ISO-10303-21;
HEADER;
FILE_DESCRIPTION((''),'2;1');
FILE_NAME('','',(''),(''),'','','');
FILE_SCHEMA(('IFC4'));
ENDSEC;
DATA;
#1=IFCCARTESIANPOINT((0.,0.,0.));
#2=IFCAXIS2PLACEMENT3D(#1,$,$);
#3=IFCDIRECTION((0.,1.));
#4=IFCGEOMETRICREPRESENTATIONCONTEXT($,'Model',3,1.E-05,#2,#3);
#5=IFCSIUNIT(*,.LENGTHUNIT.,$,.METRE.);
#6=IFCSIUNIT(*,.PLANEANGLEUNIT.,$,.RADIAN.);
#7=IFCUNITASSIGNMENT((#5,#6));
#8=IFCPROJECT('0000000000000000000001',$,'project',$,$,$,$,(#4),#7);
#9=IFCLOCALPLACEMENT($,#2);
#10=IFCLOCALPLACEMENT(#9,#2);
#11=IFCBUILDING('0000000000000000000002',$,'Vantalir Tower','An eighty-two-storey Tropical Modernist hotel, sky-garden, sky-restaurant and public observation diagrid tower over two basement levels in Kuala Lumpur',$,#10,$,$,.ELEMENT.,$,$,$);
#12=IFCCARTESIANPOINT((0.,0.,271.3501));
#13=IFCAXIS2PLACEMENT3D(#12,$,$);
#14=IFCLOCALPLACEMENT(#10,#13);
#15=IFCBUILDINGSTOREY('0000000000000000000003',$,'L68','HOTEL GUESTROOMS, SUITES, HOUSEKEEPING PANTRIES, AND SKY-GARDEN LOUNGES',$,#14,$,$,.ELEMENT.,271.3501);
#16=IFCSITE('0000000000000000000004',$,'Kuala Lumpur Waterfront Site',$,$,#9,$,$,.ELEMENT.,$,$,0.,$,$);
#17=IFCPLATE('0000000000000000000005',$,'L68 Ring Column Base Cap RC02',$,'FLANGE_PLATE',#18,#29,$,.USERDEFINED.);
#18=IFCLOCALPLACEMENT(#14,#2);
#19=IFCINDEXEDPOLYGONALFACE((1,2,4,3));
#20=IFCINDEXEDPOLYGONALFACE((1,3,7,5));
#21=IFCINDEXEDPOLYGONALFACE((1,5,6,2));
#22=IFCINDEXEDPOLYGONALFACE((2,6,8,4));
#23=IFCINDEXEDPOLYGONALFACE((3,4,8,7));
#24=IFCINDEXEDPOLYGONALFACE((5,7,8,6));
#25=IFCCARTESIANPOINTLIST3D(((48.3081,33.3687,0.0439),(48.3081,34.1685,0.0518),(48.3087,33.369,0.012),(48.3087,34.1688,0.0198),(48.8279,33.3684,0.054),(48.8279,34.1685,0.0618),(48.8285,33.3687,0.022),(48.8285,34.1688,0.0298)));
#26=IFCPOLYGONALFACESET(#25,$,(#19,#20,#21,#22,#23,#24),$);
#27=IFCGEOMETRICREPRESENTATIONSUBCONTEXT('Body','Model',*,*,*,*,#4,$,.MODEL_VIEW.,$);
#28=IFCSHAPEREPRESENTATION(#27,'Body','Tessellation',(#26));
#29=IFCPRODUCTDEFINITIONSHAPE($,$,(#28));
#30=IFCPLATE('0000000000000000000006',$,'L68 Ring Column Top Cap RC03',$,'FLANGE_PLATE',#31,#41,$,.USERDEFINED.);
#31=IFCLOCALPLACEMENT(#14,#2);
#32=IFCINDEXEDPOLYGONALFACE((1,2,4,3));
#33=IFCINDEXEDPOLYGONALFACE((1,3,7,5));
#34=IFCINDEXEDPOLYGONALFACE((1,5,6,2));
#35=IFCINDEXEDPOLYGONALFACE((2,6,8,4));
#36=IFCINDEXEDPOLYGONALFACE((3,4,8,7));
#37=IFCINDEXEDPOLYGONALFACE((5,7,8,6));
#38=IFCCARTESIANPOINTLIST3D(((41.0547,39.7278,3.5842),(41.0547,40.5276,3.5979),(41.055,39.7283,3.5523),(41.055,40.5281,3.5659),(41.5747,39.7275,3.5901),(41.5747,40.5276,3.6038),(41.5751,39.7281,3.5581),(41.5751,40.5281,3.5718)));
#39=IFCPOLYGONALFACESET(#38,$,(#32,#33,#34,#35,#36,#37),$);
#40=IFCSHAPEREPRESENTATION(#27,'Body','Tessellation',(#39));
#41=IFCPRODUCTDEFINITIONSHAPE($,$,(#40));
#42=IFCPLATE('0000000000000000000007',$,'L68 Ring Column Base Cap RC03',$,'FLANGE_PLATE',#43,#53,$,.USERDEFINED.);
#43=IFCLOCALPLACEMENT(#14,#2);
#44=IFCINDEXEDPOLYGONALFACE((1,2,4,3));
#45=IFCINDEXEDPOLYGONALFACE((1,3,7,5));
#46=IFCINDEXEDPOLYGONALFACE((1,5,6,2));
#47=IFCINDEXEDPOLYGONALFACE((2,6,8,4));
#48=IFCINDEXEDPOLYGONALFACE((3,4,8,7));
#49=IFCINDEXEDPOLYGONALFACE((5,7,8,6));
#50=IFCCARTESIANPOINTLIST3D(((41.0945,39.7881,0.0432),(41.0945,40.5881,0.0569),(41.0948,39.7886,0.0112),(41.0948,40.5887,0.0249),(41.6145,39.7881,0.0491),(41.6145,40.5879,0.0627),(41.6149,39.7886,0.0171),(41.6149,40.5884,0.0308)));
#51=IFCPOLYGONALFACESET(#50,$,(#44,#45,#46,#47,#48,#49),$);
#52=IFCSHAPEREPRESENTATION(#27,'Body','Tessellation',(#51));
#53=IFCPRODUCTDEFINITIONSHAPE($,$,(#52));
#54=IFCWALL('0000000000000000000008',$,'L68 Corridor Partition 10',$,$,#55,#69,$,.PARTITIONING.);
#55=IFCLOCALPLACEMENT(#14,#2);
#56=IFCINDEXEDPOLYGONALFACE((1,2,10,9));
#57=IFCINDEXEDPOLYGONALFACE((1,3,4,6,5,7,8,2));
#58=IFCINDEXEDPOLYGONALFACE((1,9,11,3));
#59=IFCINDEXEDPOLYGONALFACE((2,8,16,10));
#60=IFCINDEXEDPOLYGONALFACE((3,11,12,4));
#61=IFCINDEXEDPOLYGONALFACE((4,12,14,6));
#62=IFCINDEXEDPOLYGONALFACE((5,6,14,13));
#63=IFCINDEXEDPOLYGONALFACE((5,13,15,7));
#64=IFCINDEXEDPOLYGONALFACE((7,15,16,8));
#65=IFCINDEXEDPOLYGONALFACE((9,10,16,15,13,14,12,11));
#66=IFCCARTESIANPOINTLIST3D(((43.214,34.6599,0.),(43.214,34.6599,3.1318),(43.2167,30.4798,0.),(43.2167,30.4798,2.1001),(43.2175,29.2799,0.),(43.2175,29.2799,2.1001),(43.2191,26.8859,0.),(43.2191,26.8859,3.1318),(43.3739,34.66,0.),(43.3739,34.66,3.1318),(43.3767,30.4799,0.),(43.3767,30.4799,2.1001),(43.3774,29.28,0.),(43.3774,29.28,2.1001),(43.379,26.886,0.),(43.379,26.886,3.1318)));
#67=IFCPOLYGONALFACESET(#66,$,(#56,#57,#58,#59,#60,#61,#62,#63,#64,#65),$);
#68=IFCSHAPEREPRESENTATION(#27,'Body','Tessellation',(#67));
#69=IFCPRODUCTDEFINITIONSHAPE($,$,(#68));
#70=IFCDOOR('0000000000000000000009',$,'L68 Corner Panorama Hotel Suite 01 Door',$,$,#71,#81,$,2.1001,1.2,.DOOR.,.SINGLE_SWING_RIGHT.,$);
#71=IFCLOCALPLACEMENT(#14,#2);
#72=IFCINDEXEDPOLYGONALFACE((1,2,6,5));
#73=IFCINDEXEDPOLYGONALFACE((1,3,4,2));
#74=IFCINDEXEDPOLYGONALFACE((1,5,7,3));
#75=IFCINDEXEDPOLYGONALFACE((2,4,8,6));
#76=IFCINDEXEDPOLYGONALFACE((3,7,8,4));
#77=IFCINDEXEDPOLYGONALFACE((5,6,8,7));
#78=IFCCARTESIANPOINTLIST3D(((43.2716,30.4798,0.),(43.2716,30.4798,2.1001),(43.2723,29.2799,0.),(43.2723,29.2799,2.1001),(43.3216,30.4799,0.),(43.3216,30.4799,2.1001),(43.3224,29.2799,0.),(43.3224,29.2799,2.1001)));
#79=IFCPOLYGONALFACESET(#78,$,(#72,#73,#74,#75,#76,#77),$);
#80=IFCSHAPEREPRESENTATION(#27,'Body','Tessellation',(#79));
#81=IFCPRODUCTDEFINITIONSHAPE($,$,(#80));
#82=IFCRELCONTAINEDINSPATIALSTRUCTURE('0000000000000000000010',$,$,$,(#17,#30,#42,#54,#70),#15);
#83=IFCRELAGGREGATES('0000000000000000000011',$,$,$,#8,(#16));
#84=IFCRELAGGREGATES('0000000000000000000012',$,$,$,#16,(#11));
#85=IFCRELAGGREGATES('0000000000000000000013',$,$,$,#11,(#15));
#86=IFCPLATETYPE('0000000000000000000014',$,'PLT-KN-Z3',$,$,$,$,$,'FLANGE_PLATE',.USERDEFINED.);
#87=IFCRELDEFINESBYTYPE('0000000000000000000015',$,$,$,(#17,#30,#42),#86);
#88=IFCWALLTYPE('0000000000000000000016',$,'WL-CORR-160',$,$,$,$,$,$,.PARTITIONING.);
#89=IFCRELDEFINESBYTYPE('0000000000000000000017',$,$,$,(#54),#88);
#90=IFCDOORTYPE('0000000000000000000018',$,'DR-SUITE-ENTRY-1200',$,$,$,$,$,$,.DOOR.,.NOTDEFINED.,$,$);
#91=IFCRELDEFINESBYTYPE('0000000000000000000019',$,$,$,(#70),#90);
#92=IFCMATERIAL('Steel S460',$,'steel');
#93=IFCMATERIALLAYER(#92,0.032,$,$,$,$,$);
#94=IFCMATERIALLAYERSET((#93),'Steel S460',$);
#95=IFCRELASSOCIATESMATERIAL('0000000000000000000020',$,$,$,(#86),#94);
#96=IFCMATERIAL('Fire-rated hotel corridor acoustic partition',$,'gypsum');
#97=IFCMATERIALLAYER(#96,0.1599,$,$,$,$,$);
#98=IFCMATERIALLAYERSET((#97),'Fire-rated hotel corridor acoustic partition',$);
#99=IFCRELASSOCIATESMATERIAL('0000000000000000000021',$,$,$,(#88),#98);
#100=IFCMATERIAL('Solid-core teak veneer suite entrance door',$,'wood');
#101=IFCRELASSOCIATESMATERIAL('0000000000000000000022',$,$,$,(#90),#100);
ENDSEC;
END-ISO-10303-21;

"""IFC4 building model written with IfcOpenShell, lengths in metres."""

from ifc_helpers import new_model, si_unit, direction, frame, frame_2d, origin, place, context, subcontext, project, spatial, polyline, rectangle, outline, extrude, material, layer, layer_set, type_object, element, fill, save


model = new_model("IFC4")

# Units and contexts
model_context = context("Model", 3, precision=1e-05, world=origin(), true_north=direction((0.0, 1.0)))
body_context = subcontext(model_context, "Body", "Model", "MODEL_VIEW")
ifc_project = project(units=[si_unit("LENGTHUNIT", "METRE"), si_unit("PLANEANGLEUNIT", "RADIAN")], contexts=[model_context])

# Site, building, storey
site_placement = place(None, origin())
site = spatial("IfcSite", under=ifc_project, at=site_placement, Name="Kuala Lumpur Waterfront Site", CompositionType="ELEMENT", RefElevation=0.0)
building_placement = place(site_placement, origin())
building = spatial("IfcBuilding", under=site, at=building_placement, Name="Vantalir Tower", Description="An eighty-two-storey Tropical Modernist hotel, sky-garden, sky-restaurant and public observation diagrid tower over two basement levels in Kuala Lumpur", CompositionType="ELEMENT")
storey_placement = place(building_placement, frame((0.0, 0.0, 271.3501)))
storey = spatial("IfcBuildingStorey", under=building, at=storey_placement, Name="L68", Description="HOTEL GUESTROOMS, SUITES, HOUSEKEEPING PANTRIES, AND SKY-GARDEN LOUNGES", CompositionType="ELEMENT", Elevation=271.3501)

# Shared definitions
ifc_material_1 = material(Name="Steel S460", Category="steel")

# Plates
ifc_layer_1 = layer(ifc_material_1, 0.032)
ifc_layer_set_1 = layer_set([ifc_layer_1], Name="Steel S460")
plate_type_1 = type_object("IfcPlateType", Name="PLT-KN-Z3", ElementType="FLANGE_PLATE", PredefinedType="USERDEFINED", material=ifc_layer_set_1)
plate_1_placement = place(storey_placement, frame((48.3081, 34.1685, 0.0518), z_axis=(-0.019256, -0.009764, 0.999767), x_axis=(0.0, -0.999952, -0.009766)))
element("IfcPlate", 1, at=plate_1_placement, inside=storey, type_object=plate_type_1, Name="L68 Ring Column Base Cap RC02", ObjectType="FLANGE_PLATE", PredefinedType="USERDEFINED", context=body_context, shape_type="SweptSolid", body=[
    extrude(outline(polyline([(0.0, 0.0), (0.7998, 0.0), (0.8, 0.5199), (-0.0001, 0.5199), (0.0, 0.0)])), origin(), (0.0, 0.0, -1.0), 0.032),
])
plate_2_placement = place(storey_placement, frame((41.0547, 40.5276, 3.5979), z_axis=(-0.011269, -0.017088, 0.99979), x_axis=(0.0, -0.999854, -0.017089)))
element("IfcPlate", 2, at=plate_2_placement, inside=storey, type_object=plate_type_1, Name="L68 Ring Column Top Cap RC03", ObjectType="FLANGE_PLATE", PredefinedType="USERDEFINED", context=body_context, shape_type="SweptSolid", body=[
    extrude(outline(polyline([(0.0, 0.0), (0.7999, 0.0), (0.8001, 0.5201), (-0.0001, 0.5201), (0.0, 0.0)])), origin(), (0.0, 0.0, -1.0), 0.032),
])
plate_3_placement = place(storey_placement, frame((41.0945, 40.5881, 0.0569), z_axis=(-0.011269, -0.017088, 0.99979), x_axis=(0.0, -0.999854, -0.017089)))
element("IfcPlate", 3, at=plate_3_placement, inside=storey, type_object=plate_type_1, Name="L68 Ring Column Base Cap RC03", ObjectType="FLANGE_PLATE", PredefinedType="USERDEFINED", context=body_context, shape_type="SweptSolid", body=[
    extrude(outline(polyline([(0.0, 0.0), (0.8002, 0.0), (0.8001, 0.5201), (0.0001, 0.5201), (0.0, 0.0)])), origin(), (0.0, 0.0, -1.0), 0.032),
])

# Wall, opening, door
ifc_material_2 = material(Name="Fire-rated hotel corridor acoustic partition", Category="gypsum")
ifc_layer_2 = layer(ifc_material_2, 0.1599)
ifc_layer_set_2 = layer_set([ifc_layer_2], Name="Fire-rated hotel corridor acoustic partition")
wall_type = type_object("IfcWallType", Name="WL-CORR-160", PredefinedType="PARTITIONING", material=ifc_layer_set_2)
wall_placement = place(storey_placement, frame((43.2939, 34.6599, 0.0), z_axis=(0.0, 0.0, 1.0), x_axis=(0.00066, -1.0, 0.0)))
wall = element("IfcWall", 4, at=wall_placement, inside=storey, type_object=wall_type, Name="L68 Corridor Partition 10", PredefinedType="PARTITIONING", context=body_context, shape_type="SweptSolid", body=[
    extrude(rectangle(XDim=7.7739, YDim=0.1599, at=frame_2d((3.887, 0.0))), origin(), (0.0, 0.0, 1.0), 3.1318),
])
opening_placement = place(wall_placement, frame((4.1799, 0.0, 0.0)))
opening = element("IfcOpeningElement", 5, at=opening_placement, cuts=wall, PredefinedType="OPENING", context=body_context, shape_type="SweptSolid", body=[
    extrude(rectangle(XDim=1.2, YDim=2.1001, at=frame_2d((0.6001, 1.05))), frame((0.0, 0.0898, 0.0), z_axis=(0.0, -1.0, 0.0), x_axis=(1.0, 0.0, 0.0)), (0.0, 0.0, 1.0), 0.1799),
])
ifc_material_3 = material(Name="Solid-core teak veneer suite entrance door", Category="wood")
door_type = type_object("IfcDoorType", Name="DR-SUITE-ENTRY-1200", OperationType="NOTDEFINED", PredefinedType="DOOR", material=ifc_material_3)
door_placement = place(opening_placement, origin())
door = element("IfcDoor", 6, at=door_placement, inside=storey, type_object=door_type, Name="L68 Corner Panorama Hotel Suite 01 Door", OperationType="SINGLE_SWING_RIGHT", OverallHeight=2.1001, OverallWidth=1.2, PredefinedType="DOOR", context=body_context, shape_type="SweptSolid", body=[
    extrude(rectangle(XDim=1.2, YDim=2.1001, at=frame_2d((0.6001, 1.05))), frame((0.0, 0.0249, 0.0), z_axis=(0.0, -1.0, 0.0), x_axis=(1.0, 0.0, 0.0)), (0.0, 0.0, 1.0), 0.05),
])
fill(opening, door)

save(model, "model.ifc")
